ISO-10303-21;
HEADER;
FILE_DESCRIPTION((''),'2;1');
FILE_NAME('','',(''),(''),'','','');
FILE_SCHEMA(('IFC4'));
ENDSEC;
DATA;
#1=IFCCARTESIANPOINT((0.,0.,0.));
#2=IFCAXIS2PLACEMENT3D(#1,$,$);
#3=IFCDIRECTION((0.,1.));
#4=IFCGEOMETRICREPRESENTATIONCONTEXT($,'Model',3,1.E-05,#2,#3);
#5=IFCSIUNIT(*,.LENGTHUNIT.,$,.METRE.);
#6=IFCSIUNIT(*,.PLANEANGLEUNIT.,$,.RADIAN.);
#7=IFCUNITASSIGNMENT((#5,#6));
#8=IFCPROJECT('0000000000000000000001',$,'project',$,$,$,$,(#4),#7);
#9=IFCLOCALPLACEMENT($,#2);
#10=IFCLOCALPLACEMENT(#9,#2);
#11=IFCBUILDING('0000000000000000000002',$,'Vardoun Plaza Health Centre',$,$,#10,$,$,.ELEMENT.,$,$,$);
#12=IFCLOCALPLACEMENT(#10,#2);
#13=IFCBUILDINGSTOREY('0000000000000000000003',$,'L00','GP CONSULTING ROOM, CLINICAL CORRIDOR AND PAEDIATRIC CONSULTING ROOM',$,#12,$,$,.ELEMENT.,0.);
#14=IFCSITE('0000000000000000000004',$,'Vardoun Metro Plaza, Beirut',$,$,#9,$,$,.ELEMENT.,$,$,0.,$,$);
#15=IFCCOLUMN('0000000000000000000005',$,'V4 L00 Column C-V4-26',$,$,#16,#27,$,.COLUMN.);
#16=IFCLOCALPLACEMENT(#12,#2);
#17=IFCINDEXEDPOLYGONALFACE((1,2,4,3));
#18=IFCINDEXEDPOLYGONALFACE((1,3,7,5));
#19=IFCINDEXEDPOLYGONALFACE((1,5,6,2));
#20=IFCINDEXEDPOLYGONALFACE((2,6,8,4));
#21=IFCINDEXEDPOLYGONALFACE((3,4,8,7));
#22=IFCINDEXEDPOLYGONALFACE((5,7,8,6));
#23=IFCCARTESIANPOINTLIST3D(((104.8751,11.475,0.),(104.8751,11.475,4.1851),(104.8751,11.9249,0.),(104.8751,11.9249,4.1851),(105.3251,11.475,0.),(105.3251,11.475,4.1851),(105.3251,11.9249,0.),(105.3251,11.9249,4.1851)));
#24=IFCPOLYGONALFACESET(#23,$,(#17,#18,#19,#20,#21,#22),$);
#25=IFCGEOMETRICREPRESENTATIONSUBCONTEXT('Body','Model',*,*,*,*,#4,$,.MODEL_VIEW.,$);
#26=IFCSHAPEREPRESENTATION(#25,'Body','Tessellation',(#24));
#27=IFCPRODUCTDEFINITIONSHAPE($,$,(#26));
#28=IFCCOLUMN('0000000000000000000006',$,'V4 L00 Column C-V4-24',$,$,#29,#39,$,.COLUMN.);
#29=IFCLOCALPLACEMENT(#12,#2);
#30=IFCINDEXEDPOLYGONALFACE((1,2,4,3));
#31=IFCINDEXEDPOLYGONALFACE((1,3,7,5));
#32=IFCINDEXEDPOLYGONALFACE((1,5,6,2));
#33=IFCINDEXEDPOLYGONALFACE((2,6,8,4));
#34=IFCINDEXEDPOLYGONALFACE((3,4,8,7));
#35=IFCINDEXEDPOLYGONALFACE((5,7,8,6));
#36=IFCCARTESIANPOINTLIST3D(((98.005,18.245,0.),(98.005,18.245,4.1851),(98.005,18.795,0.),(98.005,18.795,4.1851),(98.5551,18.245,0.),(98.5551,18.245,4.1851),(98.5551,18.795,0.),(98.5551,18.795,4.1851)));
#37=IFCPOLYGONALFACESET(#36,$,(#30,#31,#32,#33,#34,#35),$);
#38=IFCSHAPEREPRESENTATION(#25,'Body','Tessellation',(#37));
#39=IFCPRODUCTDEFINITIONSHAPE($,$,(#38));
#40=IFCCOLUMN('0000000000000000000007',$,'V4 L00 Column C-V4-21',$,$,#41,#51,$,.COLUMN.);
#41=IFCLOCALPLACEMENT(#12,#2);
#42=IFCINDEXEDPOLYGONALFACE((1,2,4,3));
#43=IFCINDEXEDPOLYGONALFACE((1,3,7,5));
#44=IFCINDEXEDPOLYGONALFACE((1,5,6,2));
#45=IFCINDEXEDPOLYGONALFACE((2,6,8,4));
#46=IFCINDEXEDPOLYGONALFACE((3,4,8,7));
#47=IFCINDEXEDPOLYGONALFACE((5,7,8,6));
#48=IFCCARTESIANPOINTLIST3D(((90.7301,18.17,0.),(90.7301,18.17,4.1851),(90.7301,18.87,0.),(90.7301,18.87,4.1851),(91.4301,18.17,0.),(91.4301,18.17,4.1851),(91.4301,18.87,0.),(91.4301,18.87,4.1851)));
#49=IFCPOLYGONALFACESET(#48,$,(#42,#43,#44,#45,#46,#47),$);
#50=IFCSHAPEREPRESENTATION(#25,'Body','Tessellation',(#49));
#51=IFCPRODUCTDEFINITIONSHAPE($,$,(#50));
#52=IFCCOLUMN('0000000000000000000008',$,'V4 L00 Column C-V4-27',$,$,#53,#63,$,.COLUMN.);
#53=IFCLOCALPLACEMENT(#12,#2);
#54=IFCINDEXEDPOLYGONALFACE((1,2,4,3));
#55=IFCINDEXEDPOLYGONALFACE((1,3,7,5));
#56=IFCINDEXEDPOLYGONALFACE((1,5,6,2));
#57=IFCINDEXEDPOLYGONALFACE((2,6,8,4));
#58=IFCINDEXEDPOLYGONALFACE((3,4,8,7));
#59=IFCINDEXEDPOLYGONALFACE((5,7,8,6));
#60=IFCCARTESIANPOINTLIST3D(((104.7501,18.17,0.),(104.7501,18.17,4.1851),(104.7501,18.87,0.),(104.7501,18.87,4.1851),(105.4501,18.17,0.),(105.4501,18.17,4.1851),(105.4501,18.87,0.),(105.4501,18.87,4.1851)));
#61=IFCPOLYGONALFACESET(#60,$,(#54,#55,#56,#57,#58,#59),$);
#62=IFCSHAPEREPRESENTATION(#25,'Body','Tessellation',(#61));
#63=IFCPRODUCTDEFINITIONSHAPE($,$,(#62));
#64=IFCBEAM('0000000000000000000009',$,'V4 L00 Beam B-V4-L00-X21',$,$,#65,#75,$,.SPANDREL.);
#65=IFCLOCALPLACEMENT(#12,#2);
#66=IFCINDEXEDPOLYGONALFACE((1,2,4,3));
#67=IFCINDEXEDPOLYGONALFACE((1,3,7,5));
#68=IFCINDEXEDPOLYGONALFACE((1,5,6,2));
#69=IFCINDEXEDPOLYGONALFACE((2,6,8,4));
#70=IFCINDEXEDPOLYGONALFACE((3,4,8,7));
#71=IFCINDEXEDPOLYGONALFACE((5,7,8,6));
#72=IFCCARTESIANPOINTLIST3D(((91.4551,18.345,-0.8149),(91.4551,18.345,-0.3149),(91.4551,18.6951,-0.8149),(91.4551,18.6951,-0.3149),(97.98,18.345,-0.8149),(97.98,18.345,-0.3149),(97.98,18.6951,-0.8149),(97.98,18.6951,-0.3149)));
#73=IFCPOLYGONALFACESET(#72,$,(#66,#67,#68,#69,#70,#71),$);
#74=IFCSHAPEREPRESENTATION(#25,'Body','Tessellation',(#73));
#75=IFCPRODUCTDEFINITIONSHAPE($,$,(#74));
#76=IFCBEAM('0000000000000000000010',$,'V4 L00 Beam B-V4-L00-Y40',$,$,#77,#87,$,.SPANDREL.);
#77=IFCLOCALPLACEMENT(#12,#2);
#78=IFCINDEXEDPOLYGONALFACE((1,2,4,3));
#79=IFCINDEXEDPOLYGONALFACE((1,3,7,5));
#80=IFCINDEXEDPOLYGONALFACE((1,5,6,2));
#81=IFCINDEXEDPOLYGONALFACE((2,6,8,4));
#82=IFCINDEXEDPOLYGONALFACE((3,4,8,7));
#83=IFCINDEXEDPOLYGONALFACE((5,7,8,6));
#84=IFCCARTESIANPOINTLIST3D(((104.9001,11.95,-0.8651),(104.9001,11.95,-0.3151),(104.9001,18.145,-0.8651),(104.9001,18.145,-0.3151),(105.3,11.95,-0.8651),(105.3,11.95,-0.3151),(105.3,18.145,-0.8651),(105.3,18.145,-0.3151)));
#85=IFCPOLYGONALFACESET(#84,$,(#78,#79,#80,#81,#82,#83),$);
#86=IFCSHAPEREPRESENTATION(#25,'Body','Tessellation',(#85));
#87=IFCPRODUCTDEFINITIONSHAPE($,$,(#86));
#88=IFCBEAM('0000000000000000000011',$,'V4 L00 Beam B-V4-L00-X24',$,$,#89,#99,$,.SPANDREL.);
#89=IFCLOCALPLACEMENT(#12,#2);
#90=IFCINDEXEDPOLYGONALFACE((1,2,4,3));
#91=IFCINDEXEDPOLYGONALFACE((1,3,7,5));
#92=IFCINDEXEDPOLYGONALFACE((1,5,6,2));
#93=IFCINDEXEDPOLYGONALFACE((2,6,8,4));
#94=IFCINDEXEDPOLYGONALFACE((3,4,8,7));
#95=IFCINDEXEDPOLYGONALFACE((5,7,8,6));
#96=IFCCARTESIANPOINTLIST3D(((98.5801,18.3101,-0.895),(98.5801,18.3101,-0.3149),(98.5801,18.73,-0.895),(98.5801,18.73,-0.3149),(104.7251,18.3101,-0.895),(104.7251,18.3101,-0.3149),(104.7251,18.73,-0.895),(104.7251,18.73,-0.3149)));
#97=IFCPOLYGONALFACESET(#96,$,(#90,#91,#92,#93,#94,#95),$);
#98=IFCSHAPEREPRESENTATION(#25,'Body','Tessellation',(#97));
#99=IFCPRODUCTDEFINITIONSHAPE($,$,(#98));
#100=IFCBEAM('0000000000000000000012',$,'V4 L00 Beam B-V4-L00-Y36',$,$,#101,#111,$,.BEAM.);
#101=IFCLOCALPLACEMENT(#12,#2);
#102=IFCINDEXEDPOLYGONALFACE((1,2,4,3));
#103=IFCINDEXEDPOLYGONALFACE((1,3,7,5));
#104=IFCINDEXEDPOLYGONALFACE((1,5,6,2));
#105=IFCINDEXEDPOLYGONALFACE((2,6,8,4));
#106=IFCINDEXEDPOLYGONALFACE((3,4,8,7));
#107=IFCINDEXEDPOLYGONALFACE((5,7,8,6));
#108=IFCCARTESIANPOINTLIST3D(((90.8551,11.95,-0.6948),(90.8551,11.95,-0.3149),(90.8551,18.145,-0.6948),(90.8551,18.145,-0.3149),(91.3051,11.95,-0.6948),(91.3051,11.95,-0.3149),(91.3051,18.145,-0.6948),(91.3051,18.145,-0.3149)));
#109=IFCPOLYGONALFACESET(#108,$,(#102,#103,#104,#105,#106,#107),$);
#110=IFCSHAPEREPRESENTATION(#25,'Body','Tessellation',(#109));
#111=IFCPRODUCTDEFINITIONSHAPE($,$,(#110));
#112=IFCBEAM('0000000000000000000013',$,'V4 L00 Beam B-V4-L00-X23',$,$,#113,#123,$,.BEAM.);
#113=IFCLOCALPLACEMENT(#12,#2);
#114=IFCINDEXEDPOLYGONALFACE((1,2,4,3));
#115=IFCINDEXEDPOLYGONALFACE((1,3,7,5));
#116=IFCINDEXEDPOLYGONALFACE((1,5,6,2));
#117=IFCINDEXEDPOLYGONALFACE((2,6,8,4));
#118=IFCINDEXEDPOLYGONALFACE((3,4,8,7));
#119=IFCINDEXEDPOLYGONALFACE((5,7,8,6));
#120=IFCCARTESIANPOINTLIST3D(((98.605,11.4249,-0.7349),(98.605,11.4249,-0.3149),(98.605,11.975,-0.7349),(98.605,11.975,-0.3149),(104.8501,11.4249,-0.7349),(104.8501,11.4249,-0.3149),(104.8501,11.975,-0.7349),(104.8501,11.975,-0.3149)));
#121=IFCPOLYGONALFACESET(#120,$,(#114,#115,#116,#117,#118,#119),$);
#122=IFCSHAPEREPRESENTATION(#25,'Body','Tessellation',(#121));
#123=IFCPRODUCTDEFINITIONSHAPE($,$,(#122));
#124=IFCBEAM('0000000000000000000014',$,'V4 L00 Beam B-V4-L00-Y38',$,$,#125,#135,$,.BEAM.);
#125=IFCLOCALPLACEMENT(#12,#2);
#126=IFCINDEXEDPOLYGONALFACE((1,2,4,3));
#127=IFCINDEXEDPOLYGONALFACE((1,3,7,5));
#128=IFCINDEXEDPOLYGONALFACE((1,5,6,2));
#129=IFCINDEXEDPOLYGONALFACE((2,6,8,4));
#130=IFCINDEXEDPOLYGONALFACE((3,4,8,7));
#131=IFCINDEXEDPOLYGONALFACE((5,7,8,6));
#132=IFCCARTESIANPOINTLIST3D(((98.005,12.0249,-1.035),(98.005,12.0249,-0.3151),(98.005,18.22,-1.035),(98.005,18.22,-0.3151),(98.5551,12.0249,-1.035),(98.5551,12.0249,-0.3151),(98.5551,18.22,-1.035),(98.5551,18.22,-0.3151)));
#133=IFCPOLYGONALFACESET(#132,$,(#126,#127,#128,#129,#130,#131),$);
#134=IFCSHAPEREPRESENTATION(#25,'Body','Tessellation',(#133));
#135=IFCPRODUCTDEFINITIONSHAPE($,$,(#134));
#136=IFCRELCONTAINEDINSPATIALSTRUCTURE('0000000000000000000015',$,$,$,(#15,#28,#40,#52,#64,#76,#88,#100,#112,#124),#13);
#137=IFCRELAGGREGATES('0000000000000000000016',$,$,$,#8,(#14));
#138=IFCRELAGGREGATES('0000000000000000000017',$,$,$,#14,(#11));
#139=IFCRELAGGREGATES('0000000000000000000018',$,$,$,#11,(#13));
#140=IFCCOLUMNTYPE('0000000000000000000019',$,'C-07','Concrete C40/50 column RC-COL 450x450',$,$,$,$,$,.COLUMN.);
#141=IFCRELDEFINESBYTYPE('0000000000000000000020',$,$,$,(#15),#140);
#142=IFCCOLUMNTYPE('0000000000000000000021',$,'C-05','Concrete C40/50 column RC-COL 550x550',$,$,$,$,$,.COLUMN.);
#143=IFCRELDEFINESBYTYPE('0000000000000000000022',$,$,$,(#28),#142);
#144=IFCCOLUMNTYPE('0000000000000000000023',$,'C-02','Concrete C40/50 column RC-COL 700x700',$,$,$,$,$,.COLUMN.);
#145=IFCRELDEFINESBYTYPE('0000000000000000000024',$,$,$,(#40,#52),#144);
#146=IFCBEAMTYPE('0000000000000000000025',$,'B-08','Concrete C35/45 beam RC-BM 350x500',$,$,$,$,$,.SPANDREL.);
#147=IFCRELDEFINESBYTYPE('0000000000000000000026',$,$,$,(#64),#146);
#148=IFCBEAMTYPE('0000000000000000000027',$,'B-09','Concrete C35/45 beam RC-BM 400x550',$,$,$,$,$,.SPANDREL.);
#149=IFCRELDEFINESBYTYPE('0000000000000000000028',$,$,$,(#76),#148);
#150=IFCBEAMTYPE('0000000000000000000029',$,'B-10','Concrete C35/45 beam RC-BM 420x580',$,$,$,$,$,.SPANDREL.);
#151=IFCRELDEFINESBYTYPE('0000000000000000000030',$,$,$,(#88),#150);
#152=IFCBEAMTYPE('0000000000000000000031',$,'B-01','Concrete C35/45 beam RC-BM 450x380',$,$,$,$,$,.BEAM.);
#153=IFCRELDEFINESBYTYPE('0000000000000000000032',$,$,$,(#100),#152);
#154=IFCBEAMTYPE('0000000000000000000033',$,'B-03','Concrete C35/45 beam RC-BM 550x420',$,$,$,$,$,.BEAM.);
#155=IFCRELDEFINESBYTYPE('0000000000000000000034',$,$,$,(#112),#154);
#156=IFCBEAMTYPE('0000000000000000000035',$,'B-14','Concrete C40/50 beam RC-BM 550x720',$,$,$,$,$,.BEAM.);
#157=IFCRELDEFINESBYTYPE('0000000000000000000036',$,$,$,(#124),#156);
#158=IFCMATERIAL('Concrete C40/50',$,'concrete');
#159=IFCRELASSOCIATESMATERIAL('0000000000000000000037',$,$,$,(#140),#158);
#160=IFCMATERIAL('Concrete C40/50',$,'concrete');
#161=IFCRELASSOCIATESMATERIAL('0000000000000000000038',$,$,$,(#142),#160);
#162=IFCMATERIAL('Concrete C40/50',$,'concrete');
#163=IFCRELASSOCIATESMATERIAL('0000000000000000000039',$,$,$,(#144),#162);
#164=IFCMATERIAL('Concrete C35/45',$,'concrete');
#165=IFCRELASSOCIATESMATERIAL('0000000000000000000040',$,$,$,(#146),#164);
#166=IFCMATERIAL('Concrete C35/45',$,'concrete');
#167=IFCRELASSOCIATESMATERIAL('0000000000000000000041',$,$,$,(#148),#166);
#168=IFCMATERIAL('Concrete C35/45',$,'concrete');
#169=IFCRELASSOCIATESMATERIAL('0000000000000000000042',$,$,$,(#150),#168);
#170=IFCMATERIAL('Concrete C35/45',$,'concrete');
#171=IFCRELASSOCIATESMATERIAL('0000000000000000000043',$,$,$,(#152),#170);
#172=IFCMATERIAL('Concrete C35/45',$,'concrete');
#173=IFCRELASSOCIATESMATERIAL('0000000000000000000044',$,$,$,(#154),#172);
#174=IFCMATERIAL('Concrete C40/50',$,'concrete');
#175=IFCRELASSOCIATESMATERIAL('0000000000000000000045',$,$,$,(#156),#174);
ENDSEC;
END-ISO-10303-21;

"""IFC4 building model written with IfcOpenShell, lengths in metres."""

from ifc_helpers import new_model, si_unit, direction, frame, origin, origin_2d, place, context, subcontext, project, spatial, rectangle, extrude, material, material_profile, profile_set, type_object, element, save


model = new_model("IFC4")

# Units and contexts
model_context = context("Model", 3, precision=1e-05, world=origin(), true_north=direction((0.0, 1.0)))
body_context = subcontext(model_context, "Body", "Model", "MODEL_VIEW")
ifc_project = project(units=[si_unit("LENGTHUNIT", "METRE"), si_unit("PLANEANGLEUNIT", "RADIAN")], contexts=[model_context])

# Site, building, storey
site_placement = place(None, origin())
site = spatial("IfcSite", under=ifc_project, at=site_placement, Name="Vardoun Metro Plaza, Beirut", CompositionType="ELEMENT", RefElevation=0.0)
building_placement = place(site_placement, origin())
building = spatial("IfcBuilding", under=site, at=building_placement, Name="Vardoun Plaza Health Centre", CompositionType="ELEMENT")
storey_placement = place(building_placement, origin())
storey = spatial("IfcBuildingStorey", under=building, at=storey_placement, Name="L00", Description="GP CONSULTING ROOM, CLINICAL CORRIDOR AND PAEDIATRIC CONSULTING ROOM", CompositionType="ELEMENT", Elevation=0.0)

# Columns
ifc_material_1 = material(Name="Concrete C40/50", Category="concrete")
ifc_material_profile_1 = material_profile(ifc_material_1, rectangle(XDim=0.45, YDim=0.45, at=origin_2d()), Name="RC-COL 450x450")
ifc_profile_set_1 = profile_set([ifc_material_profile_1], Name="Concrete C40/50")
column_type_1 = type_object("IfcColumnType", Name="C-07", Description="Concrete C40/50 column RC-COL 450x450", PredefinedType="COLUMN", material=ifc_profile_set_1)
column_1_placement = place(storey_placement, frame((105.1001, 11.7, 0.0), z_axis=(0.0, 0.0, 1.0), x_axis=(1.0, 0.0, 0.0)))
element("IfcColumn", 1, at=column_1_placement, inside=storey, type_object=column_type_1, Name="V4 L00 Column C-V4-26", PredefinedType="COLUMN", context=body_context, shape_type="SweptSolid", body=[
    extrude(rectangle(XDim=0.45, YDim=0.45, at=origin_2d()), origin(), (0.0, 0.0, 1.0), 4.1851),
])
ifc_material_2 = material(Name="Concrete C40/50", Category="concrete")
ifc_material_profile_2 = material_profile(ifc_material_2, rectangle(XDim=0.55, YDim=0.55, at=origin_2d()), Name="RC-COL 550x550")
ifc_profile_set_2 = profile_set([ifc_material_profile_2], Name="Concrete C40/50")
column_type_2 = type_object("IfcColumnType", Name="C-05", Description="Concrete C40/50 column RC-COL 550x550", PredefinedType="COLUMN", material=ifc_profile_set_2)
column_2_placement = place(storey_placement, frame((98.28, 18.52, 0.0), z_axis=(0.0, 0.0, 1.0), x_axis=(1.0, 0.0, 0.0)))
element("IfcColumn", 2, at=column_2_placement, inside=storey, type_object=column_type_2, Name="V4 L00 Column C-V4-24", PredefinedType="COLUMN", context=body_context, shape_type="SweptSolid", body=[
    extrude(rectangle(XDim=0.55, YDim=0.55, at=origin_2d()), origin(), (0.0, 0.0, 1.0), 4.1851),
])
ifc_material_3 = material(Name="Concrete C40/50", Category="concrete")
ifc_material_profile_3 = material_profile(ifc_material_3, rectangle(XDim=0.7, YDim=0.7, at=origin_2d()), Name="RC-COL 700x700")
ifc_profile_set_3 = profile_set([ifc_material_profile_3], Name="Concrete C40/50")
column_type_3 = type_object("IfcColumnType", Name="C-02", Description="Concrete C40/50 column RC-COL 700x700", PredefinedType="COLUMN", material=ifc_profile_set_3)
for number, where, z_axis, x_axis, name in (
    (3, (91.0801, 18.52, 0.0), (0.0, 0.0, 1.0), (1.0, 0.0, 0.0), "V4 L00 Column C-V4-21"),
    (4, (105.1001, 18.52, 0.0), (0.0, 0.0, 1.0), (1.0, 0.0, 0.0), "V4 L00 Column C-V4-27"),
):
    element("IfcColumn", number, at=place(storey_placement, frame(where, z_axis=z_axis, x_axis=x_axis)), inside=storey, type_object=column_type_3, Name=name, PredefinedType="COLUMN", context=body_context, shape_type="SweptSolid", body=[
        extrude(rectangle(XDim=0.7, YDim=0.7, at=origin_2d()), origin(), (0.0, 0.0, 1.0), 4.1851),
    ])

# Beams
ifc_material_4 = material(Name="Concrete C35/45", Category="concrete")
ifc_material_profile_4 = material_profile(ifc_material_4, rectangle(XDim=0.3501, YDim=0.5, at=origin_2d()), Name="RC-BM 350x500")
ifc_profile_set_4 = profile_set([ifc_material_profile_4], Name="Concrete C35/45")
beam_type_1 = type_object("IfcBeamType", Name="B-08", Description="Concrete C35/45 beam RC-BM 350x500", PredefinedType="SPANDREL", material=ifc_profile_set_4)
beam_1_placement = place(storey_placement, frame((91.4551, 18.52, -0.5649), z_axis=(1.0, 0.0, 0.0), x_axis=(0.0, 1.0, 0.0)))
element("IfcBeam", 5, at=beam_1_placement, inside=storey, type_object=beam_type_1, Name="V4 L00 Beam B-V4-L00-X21", PredefinedType="SPANDREL", context=body_context, shape_type="SweptSolid", body=[
    extrude(rectangle(XDim=0.3501, YDim=0.5, at=origin_2d()), origin(), (0.0, 0.0, 1.0), 6.5249),
])
ifc_material_5 = material(Name="Concrete C35/45", Category="concrete")
ifc_material_profile_5 = material_profile(ifc_material_5, rectangle(XDim=0.3999, YDim=0.55, at=origin_2d()), Name="RC-BM 400x550")
ifc_profile_set_5 = profile_set([ifc_material_profile_5], Name="Concrete C35/45")
beam_type_2 = type_object("IfcBeamType", Name="B-09", Description="Concrete C35/45 beam RC-BM 400x550", PredefinedType="SPANDREL", material=ifc_profile_set_5)
beam_2_placement = place(storey_placement, frame((105.1001, 11.95, -0.5901), z_axis=(0.0, 1.0, 0.0), x_axis=(-1.0, 0.0, 0.0)))
element("IfcBeam", 6, at=beam_2_placement, inside=storey, type_object=beam_type_2, Name="V4 L00 Beam B-V4-L00-Y40", PredefinedType="SPANDREL", context=body_context, shape_type="SweptSolid", body=[
    extrude(rectangle(XDim=0.3999, YDim=0.55, at=origin_2d()), origin(), (0.0, 0.0, 1.0), 6.1951),
])
ifc_material_6 = material(Name="Concrete C35/45", Category="concrete")
ifc_material_profile_6 = material_profile(ifc_material_6, rectangle(XDim=0.4199, YDim=0.5801, at=origin_2d()), Name="RC-BM 420x580")
ifc_profile_set_6 = profile_set([ifc_material_profile_6], Name="Concrete C35/45")
beam_type_3 = type_object("IfcBeamType", Name="B-10", Description="Concrete C35/45 beam RC-BM 420x580", PredefinedType="SPANDREL", material=ifc_profile_set_6)
beam_3_placement = place(storey_placement, frame((98.5801, 18.52, -0.605), z_axis=(1.0, 0.0, 0.0), x_axis=(0.0, 1.0, 0.0)))
element("IfcBeam", 7, at=beam_3_placement, inside=storey, type_object=beam_type_3, Name="V4 L00 Beam B-V4-L00-X24", PredefinedType="SPANDREL", context=body_context, shape_type="SweptSolid", body=[
    extrude(rectangle(XDim=0.4199, YDim=0.5801, at=origin_2d()), origin(), (0.0, 0.0, 1.0), 6.145),
])
ifc_material_7 = material(Name="Concrete C35/45", Category="concrete")
ifc_material_profile_7 = material_profile(ifc_material_7, rectangle(XDim=0.45, YDim=0.3799, at=origin_2d()), Name="RC-BM 450x380")
ifc_profile_set_7 = profile_set([ifc_material_profile_7], Name="Concrete C35/45")
beam_type_4 = type_object("IfcBeamType", Name="B-01", Description="Concrete C35/45 beam RC-BM 450x380", PredefinedType="BEAM", material=ifc_profile_set_7)
beam_4_placement = place(storey_placement, frame((91.0801, 11.95, -0.5049), z_axis=(0.0, 1.0, 0.0), x_axis=(-1.0, 0.0, 0.0)))
element("IfcBeam", 8, at=beam_4_placement, inside=storey, type_object=beam_type_4, Name="V4 L00 Beam B-V4-L00-Y36", PredefinedType="BEAM", context=body_context, shape_type="SweptSolid", body=[
    extrude(rectangle(XDim=0.45, YDim=0.3799, at=origin_2d()), origin(), (0.0, 0.0, 1.0), 6.1951),
])
ifc_material_8 = material(Name="Concrete C35/45", Category="concrete")
ifc_material_profile_8 = material_profile(ifc_material_8, rectangle(XDim=0.55, YDim=0.4199, at=origin_2d()), Name="RC-BM 550x420")
ifc_profile_set_8 = profile_set([ifc_material_profile_8], Name="Concrete C35/45")
beam_type_5 = type_object("IfcBeamType", Name="B-03", Description="Concrete C35/45 beam RC-BM 550x420", PredefinedType="BEAM", material=ifc_profile_set_8)
beam_5_placement = place(storey_placement, frame((98.605, 11.7, -0.5249), z_axis=(1.0, 0.0, 0.0), x_axis=(0.0, 1.0, 0.0)))
element("IfcBeam", 9, at=beam_5_placement, inside=storey, type_object=beam_type_5, Name="V4 L00 Beam B-V4-L00-X23", PredefinedType="BEAM", context=body_context, shape_type="SweptSolid", body=[
    extrude(rectangle(XDim=0.55, YDim=0.4199, at=origin_2d()), origin(), (0.0, 0.0, 1.0), 6.2451),
])
ifc_material_9 = material(Name="Concrete C40/50", Category="concrete")
ifc_material_profile_9 = material_profile(ifc_material_9, rectangle(XDim=0.55, YDim=0.72, at=origin_2d()), Name="RC-BM 550x720")
ifc_profile_set_9 = profile_set([ifc_material_profile_9], Name="Concrete C40/50")
beam_type_6 = type_object("IfcBeamType", Name="B-14", Description="Concrete C40/50 beam RC-BM 550x720", PredefinedType="BEAM", material=ifc_profile_set_9)
beam_6_placement = place(storey_placement, frame((98.28, 12.0249, -0.675), z_axis=(0.0, 1.0, 0.0), x_axis=(-1.0, 0.0, 0.0)))
element("IfcBeam", 10, at=beam_6_placement, inside=storey, type_object=beam_type_6, Name="V4 L00 Beam B-V4-L00-Y38", PredefinedType="BEAM", context=body_context, shape_type="SweptSolid", body=[
    extrude(rectangle(XDim=0.55, YDim=0.72, at=origin_2d()), origin(), (0.0, 0.0, 1.0), 6.1951),
])

save(model, "model.ifc")
